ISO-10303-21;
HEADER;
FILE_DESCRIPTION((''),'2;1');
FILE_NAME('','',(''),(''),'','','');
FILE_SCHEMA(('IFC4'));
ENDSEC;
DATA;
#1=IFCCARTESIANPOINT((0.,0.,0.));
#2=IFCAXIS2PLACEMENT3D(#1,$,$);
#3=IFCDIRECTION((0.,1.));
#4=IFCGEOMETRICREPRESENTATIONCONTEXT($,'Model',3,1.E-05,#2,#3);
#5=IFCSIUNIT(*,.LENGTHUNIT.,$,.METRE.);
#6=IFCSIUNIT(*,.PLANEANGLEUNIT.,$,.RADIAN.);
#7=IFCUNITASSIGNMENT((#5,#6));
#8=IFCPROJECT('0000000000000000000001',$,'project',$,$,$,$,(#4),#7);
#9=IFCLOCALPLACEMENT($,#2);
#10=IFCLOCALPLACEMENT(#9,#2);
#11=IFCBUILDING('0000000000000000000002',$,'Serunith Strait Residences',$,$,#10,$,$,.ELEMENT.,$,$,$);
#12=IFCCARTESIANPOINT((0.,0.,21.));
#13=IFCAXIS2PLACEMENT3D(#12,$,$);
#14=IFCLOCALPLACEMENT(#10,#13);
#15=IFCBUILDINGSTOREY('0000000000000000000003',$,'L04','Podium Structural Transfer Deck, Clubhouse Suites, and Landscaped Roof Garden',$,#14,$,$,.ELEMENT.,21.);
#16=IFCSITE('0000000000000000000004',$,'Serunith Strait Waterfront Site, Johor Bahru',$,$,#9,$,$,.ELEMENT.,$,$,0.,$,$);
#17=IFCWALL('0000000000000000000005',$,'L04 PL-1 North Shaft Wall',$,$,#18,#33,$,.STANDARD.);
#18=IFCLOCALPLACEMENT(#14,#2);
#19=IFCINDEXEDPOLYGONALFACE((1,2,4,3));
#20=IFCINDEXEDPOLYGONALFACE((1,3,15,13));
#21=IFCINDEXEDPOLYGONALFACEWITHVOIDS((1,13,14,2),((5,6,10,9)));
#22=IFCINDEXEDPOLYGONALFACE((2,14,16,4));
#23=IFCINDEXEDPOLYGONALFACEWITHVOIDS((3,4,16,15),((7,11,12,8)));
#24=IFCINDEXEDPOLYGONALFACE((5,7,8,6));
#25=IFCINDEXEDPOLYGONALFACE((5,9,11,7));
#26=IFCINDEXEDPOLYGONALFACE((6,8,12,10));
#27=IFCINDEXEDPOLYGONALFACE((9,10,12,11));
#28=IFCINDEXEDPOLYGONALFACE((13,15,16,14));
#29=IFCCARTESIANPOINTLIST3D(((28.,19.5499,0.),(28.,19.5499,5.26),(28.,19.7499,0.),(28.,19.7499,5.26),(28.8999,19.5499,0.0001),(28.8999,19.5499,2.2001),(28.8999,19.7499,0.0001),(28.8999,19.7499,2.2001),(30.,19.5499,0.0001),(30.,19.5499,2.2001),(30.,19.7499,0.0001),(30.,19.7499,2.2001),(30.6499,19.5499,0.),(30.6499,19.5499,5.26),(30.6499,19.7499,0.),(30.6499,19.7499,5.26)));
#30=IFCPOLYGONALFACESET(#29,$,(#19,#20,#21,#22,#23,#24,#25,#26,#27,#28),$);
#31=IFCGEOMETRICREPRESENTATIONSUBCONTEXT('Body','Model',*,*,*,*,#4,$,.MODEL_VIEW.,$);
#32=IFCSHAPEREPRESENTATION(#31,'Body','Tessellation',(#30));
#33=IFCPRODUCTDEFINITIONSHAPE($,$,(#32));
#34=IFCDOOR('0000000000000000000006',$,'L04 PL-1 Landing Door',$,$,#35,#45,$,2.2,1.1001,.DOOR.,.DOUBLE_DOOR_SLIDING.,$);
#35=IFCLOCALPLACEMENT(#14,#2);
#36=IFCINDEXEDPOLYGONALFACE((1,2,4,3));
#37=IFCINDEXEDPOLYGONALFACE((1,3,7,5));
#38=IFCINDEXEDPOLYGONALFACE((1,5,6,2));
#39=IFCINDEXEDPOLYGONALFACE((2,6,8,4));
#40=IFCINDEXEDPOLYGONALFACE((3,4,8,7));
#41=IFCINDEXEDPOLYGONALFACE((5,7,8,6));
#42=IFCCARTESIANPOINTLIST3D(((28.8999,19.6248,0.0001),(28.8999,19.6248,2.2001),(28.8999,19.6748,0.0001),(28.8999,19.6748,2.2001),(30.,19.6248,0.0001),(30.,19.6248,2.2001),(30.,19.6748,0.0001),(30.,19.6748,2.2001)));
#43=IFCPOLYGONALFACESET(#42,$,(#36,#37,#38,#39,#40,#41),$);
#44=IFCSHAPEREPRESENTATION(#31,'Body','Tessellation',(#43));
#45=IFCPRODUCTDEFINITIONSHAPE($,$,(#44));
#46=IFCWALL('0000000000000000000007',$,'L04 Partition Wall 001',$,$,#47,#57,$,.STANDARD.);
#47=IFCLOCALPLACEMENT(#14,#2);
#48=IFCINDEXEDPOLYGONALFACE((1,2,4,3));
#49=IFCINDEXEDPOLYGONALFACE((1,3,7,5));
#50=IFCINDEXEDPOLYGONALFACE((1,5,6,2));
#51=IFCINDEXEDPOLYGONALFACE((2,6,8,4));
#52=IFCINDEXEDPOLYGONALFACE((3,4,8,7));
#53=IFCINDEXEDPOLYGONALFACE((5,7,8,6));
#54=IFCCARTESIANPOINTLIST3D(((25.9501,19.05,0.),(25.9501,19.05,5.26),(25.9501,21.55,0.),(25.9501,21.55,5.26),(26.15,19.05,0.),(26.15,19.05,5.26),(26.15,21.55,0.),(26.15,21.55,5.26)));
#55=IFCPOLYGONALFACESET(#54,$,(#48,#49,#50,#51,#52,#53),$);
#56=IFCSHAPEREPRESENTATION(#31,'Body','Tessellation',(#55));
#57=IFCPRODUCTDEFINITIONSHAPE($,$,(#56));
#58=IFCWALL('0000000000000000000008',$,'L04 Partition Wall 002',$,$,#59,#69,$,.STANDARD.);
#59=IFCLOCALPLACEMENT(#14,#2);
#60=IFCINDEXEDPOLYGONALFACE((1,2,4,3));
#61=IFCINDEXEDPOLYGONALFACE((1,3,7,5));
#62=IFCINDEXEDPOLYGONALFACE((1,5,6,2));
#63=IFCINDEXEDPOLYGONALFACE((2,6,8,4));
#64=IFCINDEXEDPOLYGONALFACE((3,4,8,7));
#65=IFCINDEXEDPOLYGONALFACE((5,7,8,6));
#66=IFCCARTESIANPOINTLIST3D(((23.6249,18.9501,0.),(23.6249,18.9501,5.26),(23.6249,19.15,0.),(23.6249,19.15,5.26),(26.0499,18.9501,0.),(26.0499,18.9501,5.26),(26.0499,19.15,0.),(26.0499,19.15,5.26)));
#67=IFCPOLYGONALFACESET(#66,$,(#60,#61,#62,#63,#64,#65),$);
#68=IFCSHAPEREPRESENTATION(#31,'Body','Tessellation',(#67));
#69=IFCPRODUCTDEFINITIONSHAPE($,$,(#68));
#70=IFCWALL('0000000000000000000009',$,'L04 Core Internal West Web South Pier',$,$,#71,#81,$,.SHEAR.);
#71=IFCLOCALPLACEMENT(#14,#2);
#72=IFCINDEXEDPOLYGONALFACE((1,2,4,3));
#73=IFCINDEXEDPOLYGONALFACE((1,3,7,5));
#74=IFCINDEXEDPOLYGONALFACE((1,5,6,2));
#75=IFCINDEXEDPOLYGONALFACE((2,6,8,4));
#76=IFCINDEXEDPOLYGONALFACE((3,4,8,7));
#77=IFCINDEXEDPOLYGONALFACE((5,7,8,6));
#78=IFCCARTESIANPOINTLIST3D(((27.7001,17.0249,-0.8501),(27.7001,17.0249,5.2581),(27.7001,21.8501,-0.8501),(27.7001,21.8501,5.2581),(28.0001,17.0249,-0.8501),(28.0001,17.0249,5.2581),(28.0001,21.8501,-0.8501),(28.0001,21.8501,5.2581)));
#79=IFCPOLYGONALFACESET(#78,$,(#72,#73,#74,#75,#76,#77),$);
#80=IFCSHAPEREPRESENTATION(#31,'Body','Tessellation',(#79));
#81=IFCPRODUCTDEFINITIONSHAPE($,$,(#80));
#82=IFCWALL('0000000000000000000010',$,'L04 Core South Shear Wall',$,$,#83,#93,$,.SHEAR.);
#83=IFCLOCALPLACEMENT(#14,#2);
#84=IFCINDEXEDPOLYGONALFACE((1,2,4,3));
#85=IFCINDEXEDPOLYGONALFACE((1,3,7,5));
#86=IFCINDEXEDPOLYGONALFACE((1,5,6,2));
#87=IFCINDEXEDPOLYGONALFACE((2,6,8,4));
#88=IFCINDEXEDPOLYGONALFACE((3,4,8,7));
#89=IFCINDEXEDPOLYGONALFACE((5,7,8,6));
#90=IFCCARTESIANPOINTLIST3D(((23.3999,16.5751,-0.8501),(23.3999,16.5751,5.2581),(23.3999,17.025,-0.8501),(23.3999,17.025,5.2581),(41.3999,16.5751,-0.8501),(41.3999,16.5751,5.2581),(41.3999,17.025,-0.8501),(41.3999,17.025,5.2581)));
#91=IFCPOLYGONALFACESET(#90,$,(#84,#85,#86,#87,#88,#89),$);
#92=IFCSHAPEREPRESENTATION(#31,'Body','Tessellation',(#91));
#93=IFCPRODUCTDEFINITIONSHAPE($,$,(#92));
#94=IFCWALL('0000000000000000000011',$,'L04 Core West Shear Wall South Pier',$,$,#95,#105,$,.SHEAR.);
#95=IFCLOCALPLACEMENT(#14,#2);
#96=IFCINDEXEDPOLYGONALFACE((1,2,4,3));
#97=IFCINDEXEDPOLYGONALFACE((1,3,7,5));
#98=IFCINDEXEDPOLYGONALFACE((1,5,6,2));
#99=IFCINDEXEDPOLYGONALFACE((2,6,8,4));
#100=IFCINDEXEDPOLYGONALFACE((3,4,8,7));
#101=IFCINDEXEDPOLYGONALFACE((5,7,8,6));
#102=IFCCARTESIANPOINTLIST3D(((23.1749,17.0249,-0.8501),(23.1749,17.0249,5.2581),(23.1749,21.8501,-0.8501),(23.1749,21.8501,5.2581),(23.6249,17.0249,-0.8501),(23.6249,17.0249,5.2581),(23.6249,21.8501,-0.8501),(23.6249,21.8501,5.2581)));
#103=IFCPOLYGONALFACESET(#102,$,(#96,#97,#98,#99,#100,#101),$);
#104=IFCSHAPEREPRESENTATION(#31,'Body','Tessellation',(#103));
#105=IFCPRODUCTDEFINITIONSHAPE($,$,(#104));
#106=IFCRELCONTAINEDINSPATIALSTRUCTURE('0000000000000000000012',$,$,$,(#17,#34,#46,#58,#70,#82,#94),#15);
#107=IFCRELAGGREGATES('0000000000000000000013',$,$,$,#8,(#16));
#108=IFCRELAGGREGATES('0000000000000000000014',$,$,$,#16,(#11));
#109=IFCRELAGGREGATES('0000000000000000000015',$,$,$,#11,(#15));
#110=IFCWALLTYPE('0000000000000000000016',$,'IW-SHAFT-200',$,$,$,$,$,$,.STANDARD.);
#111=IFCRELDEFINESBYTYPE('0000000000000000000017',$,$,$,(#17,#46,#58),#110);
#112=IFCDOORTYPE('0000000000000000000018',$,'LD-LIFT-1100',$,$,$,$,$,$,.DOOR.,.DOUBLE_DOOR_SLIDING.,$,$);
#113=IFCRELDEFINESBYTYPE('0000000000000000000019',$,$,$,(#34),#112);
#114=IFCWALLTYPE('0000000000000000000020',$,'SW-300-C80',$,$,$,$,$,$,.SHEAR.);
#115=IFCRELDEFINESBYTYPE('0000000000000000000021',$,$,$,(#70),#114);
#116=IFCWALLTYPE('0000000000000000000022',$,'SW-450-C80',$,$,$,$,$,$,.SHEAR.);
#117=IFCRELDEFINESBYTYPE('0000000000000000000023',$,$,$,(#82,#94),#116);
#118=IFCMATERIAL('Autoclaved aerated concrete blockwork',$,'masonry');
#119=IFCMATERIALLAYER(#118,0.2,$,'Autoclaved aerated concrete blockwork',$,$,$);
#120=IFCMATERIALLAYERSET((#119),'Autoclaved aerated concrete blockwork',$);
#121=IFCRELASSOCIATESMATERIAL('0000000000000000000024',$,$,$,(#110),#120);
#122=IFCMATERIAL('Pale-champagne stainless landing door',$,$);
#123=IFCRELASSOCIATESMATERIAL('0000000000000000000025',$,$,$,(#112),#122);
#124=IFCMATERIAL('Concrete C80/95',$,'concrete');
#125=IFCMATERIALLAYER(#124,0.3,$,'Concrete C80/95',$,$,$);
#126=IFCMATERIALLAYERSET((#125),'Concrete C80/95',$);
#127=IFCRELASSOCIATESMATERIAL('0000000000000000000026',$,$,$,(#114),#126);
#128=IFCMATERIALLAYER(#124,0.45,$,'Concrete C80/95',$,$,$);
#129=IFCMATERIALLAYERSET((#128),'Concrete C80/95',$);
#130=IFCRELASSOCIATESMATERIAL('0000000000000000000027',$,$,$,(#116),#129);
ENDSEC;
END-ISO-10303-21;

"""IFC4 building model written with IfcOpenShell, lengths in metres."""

from ifc_helpers import new_model, si_unit, direction, frame, frame_2d, origin, place, context, subcontext, project, spatial, rectangle, extrude, source, transform, mapped, material, layer, layer_set, type_object, element, fill, save


model = new_model("IFC4")

# Units and contexts
model_context = context("Model", 3, precision=1e-05, world=origin(), true_north=direction((0.0, 1.0)))
body_context = subcontext(model_context, "Body", "Model", "MODEL_VIEW")
ifc_project = project(units=[si_unit("LENGTHUNIT", "METRE"), si_unit("PLANEANGLEUNIT", "RADIAN")], contexts=[model_context])

# Site, building, storey
site_placement = place(None, origin())
site = spatial("IfcSite", under=ifc_project, at=site_placement, Name="Serunith Strait Waterfront Site, Johor Bahru", CompositionType="ELEMENT", RefElevation=0.0)
building_placement = place(site_placement, origin())
building = spatial("IfcBuilding", under=site, at=building_placement, Name="Serunith Strait Residences", CompositionType="ELEMENT")
storey_placement = place(building_placement, frame((0.0, 0.0, 21.0)))
storey = spatial("IfcBuildingStorey", under=building, at=storey_placement, Name="L04", Description="Podium Structural Transfer Deck, Clubhouse Suites, and Landscaped Roof Garden", CompositionType="ELEMENT", Elevation=21.0)

# Shared definitions
ifc_material_1 = material(Name="Concrete C80/95", Category="concrete")

# Wall, opening, door
ifc_material_2 = material(Name="Autoclaved aerated concrete blockwork", Category="masonry")
ifc_layer_1 = layer(ifc_material_2, 0.2, Name="Autoclaved aerated concrete blockwork")
ifc_layer_set_1 = layer_set([ifc_layer_1], Name="Autoclaved aerated concrete blockwork")
wall_type_1 = type_object("IfcWallType", Name="IW-SHAFT-200", PredefinedType="STANDARD", material=ifc_layer_set_1)
wall_1_placement = place(storey_placement, frame((28.0, 19.6499, 0.0), z_axis=(0.0, 0.0, 1.0), x_axis=(1.0, 0.0, 0.0)))
wall_1 = element("IfcWall", 1, at=wall_1_placement, inside=storey, type_object=wall_type_1, Name="L04 PL-1 North Shaft Wall", PredefinedType="STANDARD", context=body_context, shape_type="SweptSolid", body=[
    extrude(rectangle(XDim=2.6499, YDim=0.2, at=frame_2d((1.325, 0.0))), origin(), (0.0, 0.0, 1.0), 5.26),
])
opening_1_placement = place(wall_1_placement, frame((0.8999, 0.0, 0.0)))
opening_1 = element("IfcOpeningElement", 2, at=opening_1_placement, cuts=wall_1, PredefinedType="OPENING", context=body_context, shape_type="SweptSolid", body=[
    extrude(rectangle(XDim=1.1001, YDim=2.2, at=frame_2d((0.55, 1.1001))), frame((0.0, 0.1099, 0.0), z_axis=(0.0, -1.0, 0.0), x_axis=(1.0, 0.0, 0.0)), (0.0, 0.0, 1.0), 0.22),
])
ifc_material_3 = material(Name="Pale-champagne stainless landing door")
door_type_1 = type_object("IfcDoorType", Name="LD-LIFT-1100", OperationType="DOUBLE_DOOR_SLIDING", PredefinedType="DOOR", material=ifc_material_3)
shared_shape_1 = source(origin(), body_context, "Body", "SweptSolid", [
    extrude(rectangle(XDim=1.1001, YDim=2.2, at=frame_2d((0.55, 1.1001))), frame((0.0, 0.0249, 0.0), z_axis=(0.0, -1.0, 0.0), x_axis=(1.0, 0.0, 0.0)), (0.0, 0.0, 1.0), 0.05),
])
door_1_placement = place(opening_1_placement, origin())
door_1 = element("IfcDoor", 3, at=door_1_placement, inside=storey, type_object=door_type_1, Name="L04 PL-1 Landing Door", OperationType="DOUBLE_DOOR_SLIDING", OverallHeight=2.2, OverallWidth=1.1001, PredefinedType="DOOR", context=body_context, shape_type="MappedRepresentation", body=[
    mapped(shared_shape_1, transform((0.0, 0.0, 0.0), scale=1.0)),
])
fill(opening_1, door_1)

# Walls
wall_2_placement = place(storey_placement, frame((26.05, 19.05, 0.0), z_axis=(0.0, 0.0, 1.0), x_axis=(0.0, 1.0, 0.0)))
element("IfcWall", 4, at=wall_2_placement, inside=storey, type_object=wall_type_1, Name="L04 Partition Wall 001", PredefinedType="STANDARD", context=body_context, shape_type="SweptSolid", body=[
    extrude(rectangle(XDim=2.5, YDim=0.2, at=frame_2d((1.25, 0.0))), origin(), (0.0, 0.0, 1.0), 5.26),
])
wall_3_placement = place(storey_placement, frame((23.625, 19.05, 0.0), z_axis=(0.0, 0.0, 1.0), x_axis=(1.0, 0.0, 0.0)))
element("IfcWall", 5, at=wall_3_placement, inside=storey, type_object=wall_type_1, Name="L04 Partition Wall 002", PredefinedType="STANDARD", context=body_context, shape_type="SweptSolid", body=[
    extrude(rectangle(XDim=2.425, YDim=0.2, at=frame_2d((1.2124, 0.0))), origin(), (0.0, 0.0, 1.0), 5.26),
])
ifc_layer_2 = layer(ifc_material_1, 0.3, Name="Concrete C80/95")
ifc_layer_set_2 = layer_set([ifc_layer_2], Name="Concrete C80/95")
wall_type_2 = type_object("IfcWallType", Name="SW-300-C80", PredefinedType="SHEAR", material=ifc_layer_set_2)
wall_4_placement = place(storey_placement, frame((27.8501, 17.0249, -0.8501), z_axis=(0.0, 0.0, 1.0), x_axis=(0.0, 1.0, 0.0)))
element("IfcWall", 6, at=wall_4_placement, inside=storey, type_object=wall_type_2, Name="L04 Core Internal West Web South Pier", PredefinedType="SHEAR", context=body_context, shape_type="SweptSolid", body=[
    extrude(rectangle(XDim=4.8252, YDim=0.3, at=frame_2d((2.4126, 0.0))), origin(), (0.0, 0.0, 1.0), 6.1082),
])
ifc_layer_3 = layer(ifc_material_1, 0.45, Name="Concrete C80/95")
ifc_layer_set_3 = layer_set([ifc_layer_3], Name="Concrete C80/95")
wall_type_3 = type_object("IfcWallType", Name="SW-450-C80", PredefinedType="SHEAR", material=ifc_layer_set_3)
wall_5_placement = place(storey_placement, frame((23.3999, 16.8, -0.8501), z_axis=(0.0, 0.0, 1.0), x_axis=(1.0, 0.0, 0.0)))
element("IfcWall", 7, at=wall_5_placement, inside=storey, type_object=wall_type_3, Name="L04 Core South Shear Wall", PredefinedType="SHEAR", context=body_context, shape_type="SweptSolid", body=[
    extrude(rectangle(XDim=18.0, YDim=0.45, at=frame_2d((9.0, 0.0))), origin(), (0.0, 0.0, 1.0), 6.1082),
])
wall_6_placement = place(storey_placement, frame((23.3999, 17.0249, -0.8501), z_axis=(0.0, 0.0, 1.0), x_axis=(0.0, 1.0, 0.0)))
element("IfcWall", 8, at=wall_6_placement, inside=storey, type_object=wall_type_3, Name="L04 Core West Shear Wall South Pier", PredefinedType="SHEAR", context=body_context, shape_type="SweptSolid", body=[
    extrude(rectangle(XDim=4.8252, YDim=0.45, at=frame_2d((2.4126, 0.0))), origin(), (0.0, 0.0, 1.0), 6.1082),
])

save(model, "model.ifc")
